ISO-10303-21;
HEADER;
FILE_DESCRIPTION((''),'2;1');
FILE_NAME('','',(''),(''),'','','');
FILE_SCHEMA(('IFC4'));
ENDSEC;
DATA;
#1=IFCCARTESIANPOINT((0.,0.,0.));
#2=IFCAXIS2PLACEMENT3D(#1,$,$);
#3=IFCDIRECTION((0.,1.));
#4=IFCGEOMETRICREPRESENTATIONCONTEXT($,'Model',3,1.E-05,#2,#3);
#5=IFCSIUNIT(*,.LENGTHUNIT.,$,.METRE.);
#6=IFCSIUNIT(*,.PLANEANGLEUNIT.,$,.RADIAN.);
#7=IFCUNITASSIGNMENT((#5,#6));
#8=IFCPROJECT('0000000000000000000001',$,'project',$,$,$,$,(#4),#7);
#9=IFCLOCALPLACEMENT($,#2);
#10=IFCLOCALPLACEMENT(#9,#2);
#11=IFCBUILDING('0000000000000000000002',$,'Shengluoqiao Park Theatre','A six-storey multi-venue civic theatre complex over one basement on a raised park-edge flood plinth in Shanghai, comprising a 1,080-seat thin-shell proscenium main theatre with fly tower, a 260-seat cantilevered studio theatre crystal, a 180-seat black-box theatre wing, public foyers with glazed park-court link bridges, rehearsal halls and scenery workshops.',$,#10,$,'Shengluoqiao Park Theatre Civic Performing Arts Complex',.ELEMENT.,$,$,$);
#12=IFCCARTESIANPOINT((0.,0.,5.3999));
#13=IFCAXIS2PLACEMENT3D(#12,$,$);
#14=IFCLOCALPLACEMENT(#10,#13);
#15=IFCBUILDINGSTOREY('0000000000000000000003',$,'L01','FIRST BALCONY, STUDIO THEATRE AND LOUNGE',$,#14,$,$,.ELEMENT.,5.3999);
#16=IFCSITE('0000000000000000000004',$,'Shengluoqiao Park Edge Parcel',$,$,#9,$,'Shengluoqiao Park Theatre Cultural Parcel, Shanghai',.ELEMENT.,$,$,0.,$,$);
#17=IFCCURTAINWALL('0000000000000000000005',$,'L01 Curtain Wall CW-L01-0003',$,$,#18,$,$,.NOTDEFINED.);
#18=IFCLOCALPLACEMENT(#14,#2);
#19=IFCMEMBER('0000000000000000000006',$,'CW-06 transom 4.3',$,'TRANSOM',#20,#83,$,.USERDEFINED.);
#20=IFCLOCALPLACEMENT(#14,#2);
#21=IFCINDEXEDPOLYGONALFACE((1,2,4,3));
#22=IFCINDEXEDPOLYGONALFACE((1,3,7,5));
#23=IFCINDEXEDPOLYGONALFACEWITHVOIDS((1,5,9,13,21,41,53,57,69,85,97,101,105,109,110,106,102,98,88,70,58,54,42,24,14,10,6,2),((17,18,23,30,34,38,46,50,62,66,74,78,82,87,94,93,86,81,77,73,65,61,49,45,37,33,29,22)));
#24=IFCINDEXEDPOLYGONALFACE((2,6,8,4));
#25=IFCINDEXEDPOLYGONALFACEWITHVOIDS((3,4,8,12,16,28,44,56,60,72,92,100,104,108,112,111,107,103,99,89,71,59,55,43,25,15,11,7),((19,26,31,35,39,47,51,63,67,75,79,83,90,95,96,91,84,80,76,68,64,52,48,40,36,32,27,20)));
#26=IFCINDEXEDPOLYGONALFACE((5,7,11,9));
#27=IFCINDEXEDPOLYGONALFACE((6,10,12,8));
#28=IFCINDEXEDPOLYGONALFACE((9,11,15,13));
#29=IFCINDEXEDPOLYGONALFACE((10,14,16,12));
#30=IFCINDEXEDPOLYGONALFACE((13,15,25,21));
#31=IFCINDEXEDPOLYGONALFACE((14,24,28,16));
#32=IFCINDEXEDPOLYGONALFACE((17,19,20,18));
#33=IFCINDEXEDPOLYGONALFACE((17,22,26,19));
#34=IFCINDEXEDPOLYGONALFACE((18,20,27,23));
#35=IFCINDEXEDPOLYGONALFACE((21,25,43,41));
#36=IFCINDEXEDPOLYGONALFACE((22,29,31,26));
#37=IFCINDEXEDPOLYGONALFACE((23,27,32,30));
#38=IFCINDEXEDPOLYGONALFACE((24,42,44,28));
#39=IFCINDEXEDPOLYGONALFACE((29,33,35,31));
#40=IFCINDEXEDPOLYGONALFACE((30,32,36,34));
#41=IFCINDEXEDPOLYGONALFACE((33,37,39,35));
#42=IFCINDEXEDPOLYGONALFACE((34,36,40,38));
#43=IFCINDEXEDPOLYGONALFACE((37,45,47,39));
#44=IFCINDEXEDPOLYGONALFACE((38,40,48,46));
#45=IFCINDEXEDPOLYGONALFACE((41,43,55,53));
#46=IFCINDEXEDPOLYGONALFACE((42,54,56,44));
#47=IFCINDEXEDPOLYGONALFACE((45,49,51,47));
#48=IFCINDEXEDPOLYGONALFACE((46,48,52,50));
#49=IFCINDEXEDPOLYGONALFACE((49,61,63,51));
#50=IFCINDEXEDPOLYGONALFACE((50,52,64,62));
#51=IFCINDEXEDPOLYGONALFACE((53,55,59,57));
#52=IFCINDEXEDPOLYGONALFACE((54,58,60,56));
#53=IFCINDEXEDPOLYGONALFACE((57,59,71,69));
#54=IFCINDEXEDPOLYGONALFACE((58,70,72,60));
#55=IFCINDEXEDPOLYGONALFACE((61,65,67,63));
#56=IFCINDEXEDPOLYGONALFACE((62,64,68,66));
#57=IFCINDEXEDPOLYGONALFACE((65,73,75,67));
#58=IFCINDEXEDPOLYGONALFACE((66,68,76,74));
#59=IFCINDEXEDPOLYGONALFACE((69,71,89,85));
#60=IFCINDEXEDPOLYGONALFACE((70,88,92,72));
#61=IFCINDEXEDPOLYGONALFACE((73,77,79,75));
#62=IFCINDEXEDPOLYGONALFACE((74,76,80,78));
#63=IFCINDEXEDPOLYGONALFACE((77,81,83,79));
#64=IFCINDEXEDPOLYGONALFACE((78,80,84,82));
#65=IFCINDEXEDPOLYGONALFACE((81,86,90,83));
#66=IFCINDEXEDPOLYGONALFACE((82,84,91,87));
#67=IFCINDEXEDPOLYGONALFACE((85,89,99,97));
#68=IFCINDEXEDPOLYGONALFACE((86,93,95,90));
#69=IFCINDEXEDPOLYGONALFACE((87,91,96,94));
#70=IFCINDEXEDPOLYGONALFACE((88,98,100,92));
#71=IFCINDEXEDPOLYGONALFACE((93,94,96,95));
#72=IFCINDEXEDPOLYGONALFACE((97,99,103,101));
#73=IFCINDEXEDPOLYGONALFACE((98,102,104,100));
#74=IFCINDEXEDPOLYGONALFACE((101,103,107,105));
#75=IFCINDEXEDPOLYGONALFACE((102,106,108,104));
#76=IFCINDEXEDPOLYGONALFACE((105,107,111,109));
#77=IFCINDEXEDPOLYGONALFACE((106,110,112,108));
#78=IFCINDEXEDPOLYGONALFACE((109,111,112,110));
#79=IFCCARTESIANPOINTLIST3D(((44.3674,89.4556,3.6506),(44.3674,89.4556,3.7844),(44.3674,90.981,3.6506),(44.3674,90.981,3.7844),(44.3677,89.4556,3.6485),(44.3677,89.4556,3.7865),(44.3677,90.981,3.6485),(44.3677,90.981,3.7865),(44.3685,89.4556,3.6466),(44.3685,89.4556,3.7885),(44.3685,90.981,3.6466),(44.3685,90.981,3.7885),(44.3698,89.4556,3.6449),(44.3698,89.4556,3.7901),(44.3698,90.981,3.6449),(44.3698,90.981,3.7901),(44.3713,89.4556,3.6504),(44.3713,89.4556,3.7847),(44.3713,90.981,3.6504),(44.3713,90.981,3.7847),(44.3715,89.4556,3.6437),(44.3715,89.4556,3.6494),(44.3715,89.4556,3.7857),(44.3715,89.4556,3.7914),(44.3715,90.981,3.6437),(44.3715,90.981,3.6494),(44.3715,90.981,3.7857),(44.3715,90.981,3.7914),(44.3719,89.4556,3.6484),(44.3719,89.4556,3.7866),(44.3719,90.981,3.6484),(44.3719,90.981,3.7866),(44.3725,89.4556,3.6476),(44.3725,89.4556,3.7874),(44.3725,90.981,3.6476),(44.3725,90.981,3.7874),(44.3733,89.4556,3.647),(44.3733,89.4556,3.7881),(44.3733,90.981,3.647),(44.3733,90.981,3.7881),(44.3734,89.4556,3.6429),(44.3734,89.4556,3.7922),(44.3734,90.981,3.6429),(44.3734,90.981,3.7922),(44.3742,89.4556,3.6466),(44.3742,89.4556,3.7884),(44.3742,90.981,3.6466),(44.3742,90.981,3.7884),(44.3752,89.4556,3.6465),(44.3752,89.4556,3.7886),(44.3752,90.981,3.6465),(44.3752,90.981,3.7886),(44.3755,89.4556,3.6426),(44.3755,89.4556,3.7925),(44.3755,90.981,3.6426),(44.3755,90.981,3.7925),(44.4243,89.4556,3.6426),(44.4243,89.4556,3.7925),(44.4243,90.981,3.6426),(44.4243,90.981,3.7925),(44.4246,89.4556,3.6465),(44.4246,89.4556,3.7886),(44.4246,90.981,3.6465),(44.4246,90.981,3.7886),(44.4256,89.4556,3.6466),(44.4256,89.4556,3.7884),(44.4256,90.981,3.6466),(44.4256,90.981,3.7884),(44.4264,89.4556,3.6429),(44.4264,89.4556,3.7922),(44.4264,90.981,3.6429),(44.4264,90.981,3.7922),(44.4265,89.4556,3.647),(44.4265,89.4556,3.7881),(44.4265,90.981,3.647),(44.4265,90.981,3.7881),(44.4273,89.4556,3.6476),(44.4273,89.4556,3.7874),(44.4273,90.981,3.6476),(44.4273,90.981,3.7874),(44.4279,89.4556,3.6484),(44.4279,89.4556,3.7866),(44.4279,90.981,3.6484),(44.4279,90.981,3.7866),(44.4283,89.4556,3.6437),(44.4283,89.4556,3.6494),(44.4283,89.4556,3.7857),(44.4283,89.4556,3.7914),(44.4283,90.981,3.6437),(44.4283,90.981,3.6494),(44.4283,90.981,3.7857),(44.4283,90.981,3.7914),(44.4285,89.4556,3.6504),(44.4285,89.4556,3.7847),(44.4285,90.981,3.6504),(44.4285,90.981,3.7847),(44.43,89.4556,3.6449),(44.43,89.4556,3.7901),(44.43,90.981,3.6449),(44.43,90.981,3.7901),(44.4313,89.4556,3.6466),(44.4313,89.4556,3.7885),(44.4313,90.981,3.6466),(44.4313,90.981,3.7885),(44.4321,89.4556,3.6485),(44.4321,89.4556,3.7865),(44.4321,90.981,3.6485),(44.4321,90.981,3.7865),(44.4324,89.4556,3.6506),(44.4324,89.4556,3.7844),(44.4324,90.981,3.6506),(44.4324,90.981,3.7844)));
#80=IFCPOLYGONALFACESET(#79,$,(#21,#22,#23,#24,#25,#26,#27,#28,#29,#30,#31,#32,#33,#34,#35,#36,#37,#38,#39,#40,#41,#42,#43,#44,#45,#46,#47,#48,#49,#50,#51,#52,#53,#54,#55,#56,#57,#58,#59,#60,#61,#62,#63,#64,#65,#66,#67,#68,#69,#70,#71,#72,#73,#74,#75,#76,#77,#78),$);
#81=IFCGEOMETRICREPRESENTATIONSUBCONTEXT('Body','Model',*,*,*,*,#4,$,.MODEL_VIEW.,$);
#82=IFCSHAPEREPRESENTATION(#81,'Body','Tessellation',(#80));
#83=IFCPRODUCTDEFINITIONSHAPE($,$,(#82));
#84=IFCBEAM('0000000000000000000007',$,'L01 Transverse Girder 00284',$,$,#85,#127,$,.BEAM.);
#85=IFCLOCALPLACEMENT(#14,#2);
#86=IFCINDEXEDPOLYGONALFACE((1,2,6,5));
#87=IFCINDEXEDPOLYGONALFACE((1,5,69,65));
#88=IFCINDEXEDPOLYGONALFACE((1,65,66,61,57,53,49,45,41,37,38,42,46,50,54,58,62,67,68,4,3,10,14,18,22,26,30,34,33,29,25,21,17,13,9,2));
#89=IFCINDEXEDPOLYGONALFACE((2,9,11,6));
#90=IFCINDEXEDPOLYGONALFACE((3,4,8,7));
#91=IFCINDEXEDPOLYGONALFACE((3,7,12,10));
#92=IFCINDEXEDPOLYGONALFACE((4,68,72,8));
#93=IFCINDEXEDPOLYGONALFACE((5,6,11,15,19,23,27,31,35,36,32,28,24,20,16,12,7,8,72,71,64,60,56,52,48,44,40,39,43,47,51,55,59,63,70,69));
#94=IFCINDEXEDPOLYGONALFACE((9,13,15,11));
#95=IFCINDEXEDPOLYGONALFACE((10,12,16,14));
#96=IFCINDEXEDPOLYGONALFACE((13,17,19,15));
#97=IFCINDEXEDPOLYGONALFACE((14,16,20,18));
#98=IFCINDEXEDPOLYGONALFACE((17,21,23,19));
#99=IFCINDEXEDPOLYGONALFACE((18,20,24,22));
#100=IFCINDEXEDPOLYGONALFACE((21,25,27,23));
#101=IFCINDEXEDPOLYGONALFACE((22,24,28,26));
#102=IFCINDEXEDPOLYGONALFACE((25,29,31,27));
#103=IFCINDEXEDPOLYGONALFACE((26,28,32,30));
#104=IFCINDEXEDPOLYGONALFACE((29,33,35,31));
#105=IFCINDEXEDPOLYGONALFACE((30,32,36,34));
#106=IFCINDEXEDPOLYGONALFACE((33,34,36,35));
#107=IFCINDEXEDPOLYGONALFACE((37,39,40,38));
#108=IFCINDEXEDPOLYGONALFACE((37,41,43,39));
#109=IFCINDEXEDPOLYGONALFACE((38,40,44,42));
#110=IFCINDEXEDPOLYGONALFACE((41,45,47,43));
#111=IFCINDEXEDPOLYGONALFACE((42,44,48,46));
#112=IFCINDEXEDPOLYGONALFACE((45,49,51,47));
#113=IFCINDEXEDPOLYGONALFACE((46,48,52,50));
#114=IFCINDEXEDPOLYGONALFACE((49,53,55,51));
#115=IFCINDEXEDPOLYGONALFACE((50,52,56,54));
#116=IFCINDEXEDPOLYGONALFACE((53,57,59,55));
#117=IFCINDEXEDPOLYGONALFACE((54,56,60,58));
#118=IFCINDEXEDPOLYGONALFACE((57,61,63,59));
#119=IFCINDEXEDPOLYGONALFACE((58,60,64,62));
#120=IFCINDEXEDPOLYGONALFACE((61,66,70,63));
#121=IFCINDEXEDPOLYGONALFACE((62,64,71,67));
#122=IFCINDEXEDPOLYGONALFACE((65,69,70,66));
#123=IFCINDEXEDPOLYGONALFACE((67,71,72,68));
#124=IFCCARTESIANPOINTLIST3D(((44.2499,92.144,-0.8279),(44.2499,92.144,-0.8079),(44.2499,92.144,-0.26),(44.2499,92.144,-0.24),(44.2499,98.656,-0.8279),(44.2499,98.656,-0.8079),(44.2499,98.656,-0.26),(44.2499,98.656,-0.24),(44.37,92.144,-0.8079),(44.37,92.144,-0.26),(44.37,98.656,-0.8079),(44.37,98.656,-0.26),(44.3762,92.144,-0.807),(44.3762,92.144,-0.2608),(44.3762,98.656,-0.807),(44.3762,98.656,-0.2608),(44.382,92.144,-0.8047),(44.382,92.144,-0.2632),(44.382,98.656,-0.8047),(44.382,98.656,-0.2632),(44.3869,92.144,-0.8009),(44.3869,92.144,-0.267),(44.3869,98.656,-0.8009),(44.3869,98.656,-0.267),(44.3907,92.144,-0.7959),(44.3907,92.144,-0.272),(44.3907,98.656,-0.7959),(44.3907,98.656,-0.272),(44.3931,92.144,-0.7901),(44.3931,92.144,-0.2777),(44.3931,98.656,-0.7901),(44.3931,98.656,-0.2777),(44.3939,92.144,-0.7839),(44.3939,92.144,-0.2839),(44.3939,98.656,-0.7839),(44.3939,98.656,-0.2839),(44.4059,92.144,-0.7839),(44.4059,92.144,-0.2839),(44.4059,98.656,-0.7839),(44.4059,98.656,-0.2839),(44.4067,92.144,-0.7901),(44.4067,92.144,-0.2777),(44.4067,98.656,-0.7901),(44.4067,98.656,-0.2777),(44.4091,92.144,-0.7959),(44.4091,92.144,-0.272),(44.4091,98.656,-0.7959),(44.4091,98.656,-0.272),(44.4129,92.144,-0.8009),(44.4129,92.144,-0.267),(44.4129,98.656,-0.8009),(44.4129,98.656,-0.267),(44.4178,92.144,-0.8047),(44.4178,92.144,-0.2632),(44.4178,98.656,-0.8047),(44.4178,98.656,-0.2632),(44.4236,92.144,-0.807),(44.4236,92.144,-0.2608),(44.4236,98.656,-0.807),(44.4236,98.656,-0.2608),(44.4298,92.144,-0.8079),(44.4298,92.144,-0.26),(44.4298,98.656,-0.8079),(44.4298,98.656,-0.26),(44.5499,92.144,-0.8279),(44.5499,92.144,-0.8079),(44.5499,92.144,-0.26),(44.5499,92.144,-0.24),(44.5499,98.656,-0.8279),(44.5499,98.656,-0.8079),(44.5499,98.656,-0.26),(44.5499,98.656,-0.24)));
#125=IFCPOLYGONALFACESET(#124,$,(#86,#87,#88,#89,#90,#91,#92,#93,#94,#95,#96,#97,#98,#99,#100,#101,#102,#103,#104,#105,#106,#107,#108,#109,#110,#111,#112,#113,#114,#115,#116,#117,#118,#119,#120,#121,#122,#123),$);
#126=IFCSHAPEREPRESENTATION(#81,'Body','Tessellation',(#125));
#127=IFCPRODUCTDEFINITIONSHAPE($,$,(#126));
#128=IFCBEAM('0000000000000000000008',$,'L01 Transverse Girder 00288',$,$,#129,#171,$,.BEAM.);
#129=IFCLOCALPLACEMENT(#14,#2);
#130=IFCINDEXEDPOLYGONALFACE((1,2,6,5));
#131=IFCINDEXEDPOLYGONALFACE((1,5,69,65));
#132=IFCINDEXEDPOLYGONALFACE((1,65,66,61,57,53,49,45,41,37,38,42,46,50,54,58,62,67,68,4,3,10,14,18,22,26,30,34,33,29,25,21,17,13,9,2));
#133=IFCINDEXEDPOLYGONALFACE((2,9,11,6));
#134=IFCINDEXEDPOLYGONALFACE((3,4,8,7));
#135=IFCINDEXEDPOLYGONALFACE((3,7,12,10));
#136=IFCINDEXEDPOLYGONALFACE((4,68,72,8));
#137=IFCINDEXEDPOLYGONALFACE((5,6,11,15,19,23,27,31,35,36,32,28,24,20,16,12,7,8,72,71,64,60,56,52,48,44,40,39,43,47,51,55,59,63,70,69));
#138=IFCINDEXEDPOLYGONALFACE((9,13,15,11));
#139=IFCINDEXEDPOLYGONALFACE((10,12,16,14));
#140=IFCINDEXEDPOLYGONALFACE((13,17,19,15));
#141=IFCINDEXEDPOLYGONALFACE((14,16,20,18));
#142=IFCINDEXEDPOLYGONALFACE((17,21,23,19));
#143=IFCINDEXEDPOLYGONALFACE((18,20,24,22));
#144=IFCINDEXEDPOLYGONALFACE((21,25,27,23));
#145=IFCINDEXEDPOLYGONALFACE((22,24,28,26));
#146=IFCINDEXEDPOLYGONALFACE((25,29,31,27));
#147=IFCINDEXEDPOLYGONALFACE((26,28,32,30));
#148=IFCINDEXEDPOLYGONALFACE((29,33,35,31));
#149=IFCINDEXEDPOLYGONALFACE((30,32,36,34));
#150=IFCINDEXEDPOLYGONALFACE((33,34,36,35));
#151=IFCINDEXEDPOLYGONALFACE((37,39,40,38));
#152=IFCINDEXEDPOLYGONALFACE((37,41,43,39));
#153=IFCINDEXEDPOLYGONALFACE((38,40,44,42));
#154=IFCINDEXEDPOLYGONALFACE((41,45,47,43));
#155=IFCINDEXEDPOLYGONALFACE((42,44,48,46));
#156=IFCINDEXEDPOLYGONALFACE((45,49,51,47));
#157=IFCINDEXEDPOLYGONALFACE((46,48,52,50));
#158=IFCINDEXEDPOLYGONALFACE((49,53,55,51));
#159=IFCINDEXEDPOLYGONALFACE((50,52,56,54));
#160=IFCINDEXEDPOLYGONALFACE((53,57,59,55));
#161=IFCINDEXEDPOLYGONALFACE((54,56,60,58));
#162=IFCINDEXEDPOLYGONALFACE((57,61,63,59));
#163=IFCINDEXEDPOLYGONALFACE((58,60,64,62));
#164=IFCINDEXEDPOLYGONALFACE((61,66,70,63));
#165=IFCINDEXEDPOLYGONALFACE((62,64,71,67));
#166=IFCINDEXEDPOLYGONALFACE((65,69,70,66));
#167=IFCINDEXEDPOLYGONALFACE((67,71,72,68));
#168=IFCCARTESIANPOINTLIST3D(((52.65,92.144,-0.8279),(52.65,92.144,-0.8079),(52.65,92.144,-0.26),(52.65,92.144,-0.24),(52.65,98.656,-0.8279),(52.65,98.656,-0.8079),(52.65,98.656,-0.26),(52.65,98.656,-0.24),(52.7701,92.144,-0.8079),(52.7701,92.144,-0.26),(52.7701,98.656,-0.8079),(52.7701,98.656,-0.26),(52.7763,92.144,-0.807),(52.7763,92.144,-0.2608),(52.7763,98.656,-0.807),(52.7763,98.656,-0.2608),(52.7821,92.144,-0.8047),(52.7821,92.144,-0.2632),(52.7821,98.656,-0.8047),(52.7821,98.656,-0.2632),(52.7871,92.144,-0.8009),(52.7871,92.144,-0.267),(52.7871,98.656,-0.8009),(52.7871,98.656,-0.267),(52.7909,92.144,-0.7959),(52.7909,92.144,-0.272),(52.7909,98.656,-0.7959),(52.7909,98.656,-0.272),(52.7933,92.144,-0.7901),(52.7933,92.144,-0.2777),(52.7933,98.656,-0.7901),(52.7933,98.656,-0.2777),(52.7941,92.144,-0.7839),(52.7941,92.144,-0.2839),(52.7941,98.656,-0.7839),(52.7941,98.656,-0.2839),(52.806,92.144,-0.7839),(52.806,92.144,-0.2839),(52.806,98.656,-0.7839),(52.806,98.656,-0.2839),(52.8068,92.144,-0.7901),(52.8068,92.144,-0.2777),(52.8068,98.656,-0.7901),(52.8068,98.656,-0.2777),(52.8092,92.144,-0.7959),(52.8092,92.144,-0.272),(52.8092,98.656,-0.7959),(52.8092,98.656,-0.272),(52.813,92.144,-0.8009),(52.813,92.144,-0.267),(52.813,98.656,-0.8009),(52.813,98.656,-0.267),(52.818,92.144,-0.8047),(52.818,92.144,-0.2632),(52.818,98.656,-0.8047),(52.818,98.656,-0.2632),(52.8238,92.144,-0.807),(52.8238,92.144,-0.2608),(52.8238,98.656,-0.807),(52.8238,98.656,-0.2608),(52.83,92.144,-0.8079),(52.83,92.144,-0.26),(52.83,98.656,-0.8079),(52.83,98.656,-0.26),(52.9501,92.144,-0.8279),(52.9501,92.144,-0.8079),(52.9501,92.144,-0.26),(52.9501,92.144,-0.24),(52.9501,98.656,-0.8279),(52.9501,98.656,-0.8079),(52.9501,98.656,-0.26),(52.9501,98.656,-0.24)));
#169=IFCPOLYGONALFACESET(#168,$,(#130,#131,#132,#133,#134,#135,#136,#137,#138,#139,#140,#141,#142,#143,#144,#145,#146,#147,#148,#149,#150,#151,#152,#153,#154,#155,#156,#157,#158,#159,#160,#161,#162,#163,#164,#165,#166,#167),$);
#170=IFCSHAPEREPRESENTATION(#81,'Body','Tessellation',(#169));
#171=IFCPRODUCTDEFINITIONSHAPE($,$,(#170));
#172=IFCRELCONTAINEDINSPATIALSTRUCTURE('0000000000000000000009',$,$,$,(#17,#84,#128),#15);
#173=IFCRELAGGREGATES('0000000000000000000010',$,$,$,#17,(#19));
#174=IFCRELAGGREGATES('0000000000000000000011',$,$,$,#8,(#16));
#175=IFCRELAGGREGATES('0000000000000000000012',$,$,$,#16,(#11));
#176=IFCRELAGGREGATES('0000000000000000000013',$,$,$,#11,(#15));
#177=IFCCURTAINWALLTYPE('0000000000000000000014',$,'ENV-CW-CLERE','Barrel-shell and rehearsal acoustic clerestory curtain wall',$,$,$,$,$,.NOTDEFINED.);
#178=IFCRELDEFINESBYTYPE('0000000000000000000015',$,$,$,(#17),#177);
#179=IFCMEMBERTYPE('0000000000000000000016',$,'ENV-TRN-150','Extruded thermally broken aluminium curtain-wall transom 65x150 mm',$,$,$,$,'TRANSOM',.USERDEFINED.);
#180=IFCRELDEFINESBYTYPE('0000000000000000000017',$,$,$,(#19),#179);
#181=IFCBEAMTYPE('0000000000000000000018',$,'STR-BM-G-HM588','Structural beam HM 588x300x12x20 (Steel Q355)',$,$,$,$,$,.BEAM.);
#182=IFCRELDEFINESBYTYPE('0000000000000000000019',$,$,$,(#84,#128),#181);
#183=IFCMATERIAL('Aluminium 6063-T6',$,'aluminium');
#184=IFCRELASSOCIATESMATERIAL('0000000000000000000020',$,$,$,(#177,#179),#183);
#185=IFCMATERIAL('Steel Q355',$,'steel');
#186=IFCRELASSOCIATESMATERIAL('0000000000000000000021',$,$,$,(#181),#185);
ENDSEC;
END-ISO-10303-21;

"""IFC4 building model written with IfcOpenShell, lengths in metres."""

from ifc_helpers import new_model, si_unit, direction, frame, origin, origin_2d, place, context, subcontext, project, spatial, hollow_rectangle, i_section, extrude, material, material_profile, profile_set, type_object, element, aggregate, save


model = new_model("IFC4")

# Units and contexts
model_context = context("Model", 3, precision=1e-05, world=origin(), true_north=direction((0.0, 1.0)))
body_context = subcontext(model_context, "Body", "Model", "MODEL_VIEW")
ifc_project = project(units=[si_unit("LENGTHUNIT", "METRE"), si_unit("PLANEANGLEUNIT", "RADIAN")], contexts=[model_context])

# Site, building, storey
site_placement = place(None, origin())
site = spatial("IfcSite", under=ifc_project, at=site_placement, Name="Shengluoqiao Park Edge Parcel", LongName="Shengluoqiao Park Theatre Cultural Parcel, Shanghai", CompositionType="ELEMENT", RefElevation=0.0)
building_placement = place(site_placement, origin())
building = spatial("IfcBuilding", under=site, at=building_placement, Name="Shengluoqiao Park Theatre", Description="A six-storey multi-venue civic theatre complex over one basement on a raised park-edge flood plinth in Shanghai, comprising a 1,080-seat thin-shell proscenium main theatre with fly tower, a 260-seat cantilevered studio theatre crystal, a 180-seat black-box theatre wing, public foyers with glazed park-court link bridges, rehearsal halls and scenery workshops.", LongName="Shengluoqiao Park Theatre Civic Performing Arts Complex", CompositionType="ELEMENT")
storey_placement = place(building_placement, frame((0.0, 0.0, 5.3999)))
storey = spatial("IfcBuildingStorey", under=building, at=storey_placement, Name="L01", Description="FIRST BALCONY, STUDIO THEATRE AND LOUNGE", CompositionType="ELEMENT", Elevation=5.3999)

# Curtain wall, member
ifc_material_1 = material(Name="Aluminium 6063-T6", Category="aluminium")
curtain_wall_type = type_object("IfcCurtainWallType", Name="ENV-CW-CLERE", Description="Barrel-shell and rehearsal acoustic clerestory curtain wall", PredefinedType="NOTDEFINED", material=ifc_material_1)
curtain_wall_placement = place(storey_placement, origin())
curtain_wall = element("IfcCurtainWall", 1, at=curtain_wall_placement, inside=storey, type_object=curtain_wall_type, Name="L01 Curtain Wall CW-L01-0003", PredefinedType="NOTDEFINED")
ifc_material_profile_1 = material_profile(ifc_material_1, hollow_rectangle(XDim=0.0649, YDim=0.1499, WallThickness=0.0039, InnerFilletRadius=0.0039, OuterFilletRadius=0.0081, at=origin_2d()), Name="ALU TRANSOM 150x65x4")
ifc_profile_set_1 = profile_set([ifc_material_profile_1], Name="Aluminium 6063-T6")
member_type_1 = type_object("IfcMemberType", Name="ENV-TRN-150", Description="Extruded thermally broken aluminium curtain-wall transom 65x150 mm", ElementType="TRANSOM", PredefinedType="USERDEFINED", material=ifc_profile_set_1)
member_1_placement = place(storey_placement, frame((44.3999, 89.4556, 3.7175), z_axis=(0.0, 1.0, 0.0), x_axis=(-1.0, 0.0, 0.0)))
member_1 = element("IfcMember", 2, at=member_1_placement, type_object=member_type_1, Name="CW-06 transom 4.3", ObjectType="TRANSOM", PredefinedType="USERDEFINED", context=body_context, shape_type="SweptSolid", body=[
    extrude(hollow_rectangle(XDim=0.0649, YDim=0.1499, WallThickness=0.0039, InnerFilletRadius=0.0039, OuterFilletRadius=0.0081, at=origin_2d()), origin(), (0.0, 0.0, 1.0), 1.5254),
])

# Beams
ifc_material_2 = material(Name="Steel Q355", Category="steel")
ifc_material_profile_2 = material_profile(ifc_material_2, i_section(OverallWidth=0.3, OverallDepth=0.5879, WebThickness=0.012, FlangeThickness=0.02, FilletRadius=0.0239, at=origin_2d()), Name="HM 588x300x12x20")
ifc_profile_set_2 = profile_set([ifc_material_profile_2], Name="Steel Q355")
beam_type_1 = type_object("IfcBeamType", Name="STR-BM-G-HM588", Description="Structural beam HM 588x300x12x20 (Steel Q355)", PredefinedType="BEAM", material=ifc_profile_set_2)
for number, where, z_axis, x_axis, name in (
    (3, (44.3999, 92.144, -0.5339), (0.0, 1.0, 0.0), (-1.0, 0.0, 0.0), "L01 Transverse Girder 00284"),
    (4, (52.8, 92.144, -0.5339), (0.0, 1.0, 0.0), (-1.0, 0.0, 0.0), "L01 Transverse Girder 00288"),
):
    element("IfcBeam", number, at=place(storey_placement, frame(where, z_axis=z_axis, x_axis=x_axis)), inside=storey, type_object=beam_type_1, Name=name, PredefinedType="BEAM", context=body_context, shape_type="SweptSolid", body=[
        extrude(i_section(OverallWidth=0.3, OverallDepth=0.5879, WebThickness=0.012, FlangeThickness=0.02, FilletRadius=0.0239, at=origin_2d()), origin(), (0.0, 0.0, 1.0), 6.512),
    ])

aggregate(curtain_wall, [member_1])

save(model, "model.ifc")
